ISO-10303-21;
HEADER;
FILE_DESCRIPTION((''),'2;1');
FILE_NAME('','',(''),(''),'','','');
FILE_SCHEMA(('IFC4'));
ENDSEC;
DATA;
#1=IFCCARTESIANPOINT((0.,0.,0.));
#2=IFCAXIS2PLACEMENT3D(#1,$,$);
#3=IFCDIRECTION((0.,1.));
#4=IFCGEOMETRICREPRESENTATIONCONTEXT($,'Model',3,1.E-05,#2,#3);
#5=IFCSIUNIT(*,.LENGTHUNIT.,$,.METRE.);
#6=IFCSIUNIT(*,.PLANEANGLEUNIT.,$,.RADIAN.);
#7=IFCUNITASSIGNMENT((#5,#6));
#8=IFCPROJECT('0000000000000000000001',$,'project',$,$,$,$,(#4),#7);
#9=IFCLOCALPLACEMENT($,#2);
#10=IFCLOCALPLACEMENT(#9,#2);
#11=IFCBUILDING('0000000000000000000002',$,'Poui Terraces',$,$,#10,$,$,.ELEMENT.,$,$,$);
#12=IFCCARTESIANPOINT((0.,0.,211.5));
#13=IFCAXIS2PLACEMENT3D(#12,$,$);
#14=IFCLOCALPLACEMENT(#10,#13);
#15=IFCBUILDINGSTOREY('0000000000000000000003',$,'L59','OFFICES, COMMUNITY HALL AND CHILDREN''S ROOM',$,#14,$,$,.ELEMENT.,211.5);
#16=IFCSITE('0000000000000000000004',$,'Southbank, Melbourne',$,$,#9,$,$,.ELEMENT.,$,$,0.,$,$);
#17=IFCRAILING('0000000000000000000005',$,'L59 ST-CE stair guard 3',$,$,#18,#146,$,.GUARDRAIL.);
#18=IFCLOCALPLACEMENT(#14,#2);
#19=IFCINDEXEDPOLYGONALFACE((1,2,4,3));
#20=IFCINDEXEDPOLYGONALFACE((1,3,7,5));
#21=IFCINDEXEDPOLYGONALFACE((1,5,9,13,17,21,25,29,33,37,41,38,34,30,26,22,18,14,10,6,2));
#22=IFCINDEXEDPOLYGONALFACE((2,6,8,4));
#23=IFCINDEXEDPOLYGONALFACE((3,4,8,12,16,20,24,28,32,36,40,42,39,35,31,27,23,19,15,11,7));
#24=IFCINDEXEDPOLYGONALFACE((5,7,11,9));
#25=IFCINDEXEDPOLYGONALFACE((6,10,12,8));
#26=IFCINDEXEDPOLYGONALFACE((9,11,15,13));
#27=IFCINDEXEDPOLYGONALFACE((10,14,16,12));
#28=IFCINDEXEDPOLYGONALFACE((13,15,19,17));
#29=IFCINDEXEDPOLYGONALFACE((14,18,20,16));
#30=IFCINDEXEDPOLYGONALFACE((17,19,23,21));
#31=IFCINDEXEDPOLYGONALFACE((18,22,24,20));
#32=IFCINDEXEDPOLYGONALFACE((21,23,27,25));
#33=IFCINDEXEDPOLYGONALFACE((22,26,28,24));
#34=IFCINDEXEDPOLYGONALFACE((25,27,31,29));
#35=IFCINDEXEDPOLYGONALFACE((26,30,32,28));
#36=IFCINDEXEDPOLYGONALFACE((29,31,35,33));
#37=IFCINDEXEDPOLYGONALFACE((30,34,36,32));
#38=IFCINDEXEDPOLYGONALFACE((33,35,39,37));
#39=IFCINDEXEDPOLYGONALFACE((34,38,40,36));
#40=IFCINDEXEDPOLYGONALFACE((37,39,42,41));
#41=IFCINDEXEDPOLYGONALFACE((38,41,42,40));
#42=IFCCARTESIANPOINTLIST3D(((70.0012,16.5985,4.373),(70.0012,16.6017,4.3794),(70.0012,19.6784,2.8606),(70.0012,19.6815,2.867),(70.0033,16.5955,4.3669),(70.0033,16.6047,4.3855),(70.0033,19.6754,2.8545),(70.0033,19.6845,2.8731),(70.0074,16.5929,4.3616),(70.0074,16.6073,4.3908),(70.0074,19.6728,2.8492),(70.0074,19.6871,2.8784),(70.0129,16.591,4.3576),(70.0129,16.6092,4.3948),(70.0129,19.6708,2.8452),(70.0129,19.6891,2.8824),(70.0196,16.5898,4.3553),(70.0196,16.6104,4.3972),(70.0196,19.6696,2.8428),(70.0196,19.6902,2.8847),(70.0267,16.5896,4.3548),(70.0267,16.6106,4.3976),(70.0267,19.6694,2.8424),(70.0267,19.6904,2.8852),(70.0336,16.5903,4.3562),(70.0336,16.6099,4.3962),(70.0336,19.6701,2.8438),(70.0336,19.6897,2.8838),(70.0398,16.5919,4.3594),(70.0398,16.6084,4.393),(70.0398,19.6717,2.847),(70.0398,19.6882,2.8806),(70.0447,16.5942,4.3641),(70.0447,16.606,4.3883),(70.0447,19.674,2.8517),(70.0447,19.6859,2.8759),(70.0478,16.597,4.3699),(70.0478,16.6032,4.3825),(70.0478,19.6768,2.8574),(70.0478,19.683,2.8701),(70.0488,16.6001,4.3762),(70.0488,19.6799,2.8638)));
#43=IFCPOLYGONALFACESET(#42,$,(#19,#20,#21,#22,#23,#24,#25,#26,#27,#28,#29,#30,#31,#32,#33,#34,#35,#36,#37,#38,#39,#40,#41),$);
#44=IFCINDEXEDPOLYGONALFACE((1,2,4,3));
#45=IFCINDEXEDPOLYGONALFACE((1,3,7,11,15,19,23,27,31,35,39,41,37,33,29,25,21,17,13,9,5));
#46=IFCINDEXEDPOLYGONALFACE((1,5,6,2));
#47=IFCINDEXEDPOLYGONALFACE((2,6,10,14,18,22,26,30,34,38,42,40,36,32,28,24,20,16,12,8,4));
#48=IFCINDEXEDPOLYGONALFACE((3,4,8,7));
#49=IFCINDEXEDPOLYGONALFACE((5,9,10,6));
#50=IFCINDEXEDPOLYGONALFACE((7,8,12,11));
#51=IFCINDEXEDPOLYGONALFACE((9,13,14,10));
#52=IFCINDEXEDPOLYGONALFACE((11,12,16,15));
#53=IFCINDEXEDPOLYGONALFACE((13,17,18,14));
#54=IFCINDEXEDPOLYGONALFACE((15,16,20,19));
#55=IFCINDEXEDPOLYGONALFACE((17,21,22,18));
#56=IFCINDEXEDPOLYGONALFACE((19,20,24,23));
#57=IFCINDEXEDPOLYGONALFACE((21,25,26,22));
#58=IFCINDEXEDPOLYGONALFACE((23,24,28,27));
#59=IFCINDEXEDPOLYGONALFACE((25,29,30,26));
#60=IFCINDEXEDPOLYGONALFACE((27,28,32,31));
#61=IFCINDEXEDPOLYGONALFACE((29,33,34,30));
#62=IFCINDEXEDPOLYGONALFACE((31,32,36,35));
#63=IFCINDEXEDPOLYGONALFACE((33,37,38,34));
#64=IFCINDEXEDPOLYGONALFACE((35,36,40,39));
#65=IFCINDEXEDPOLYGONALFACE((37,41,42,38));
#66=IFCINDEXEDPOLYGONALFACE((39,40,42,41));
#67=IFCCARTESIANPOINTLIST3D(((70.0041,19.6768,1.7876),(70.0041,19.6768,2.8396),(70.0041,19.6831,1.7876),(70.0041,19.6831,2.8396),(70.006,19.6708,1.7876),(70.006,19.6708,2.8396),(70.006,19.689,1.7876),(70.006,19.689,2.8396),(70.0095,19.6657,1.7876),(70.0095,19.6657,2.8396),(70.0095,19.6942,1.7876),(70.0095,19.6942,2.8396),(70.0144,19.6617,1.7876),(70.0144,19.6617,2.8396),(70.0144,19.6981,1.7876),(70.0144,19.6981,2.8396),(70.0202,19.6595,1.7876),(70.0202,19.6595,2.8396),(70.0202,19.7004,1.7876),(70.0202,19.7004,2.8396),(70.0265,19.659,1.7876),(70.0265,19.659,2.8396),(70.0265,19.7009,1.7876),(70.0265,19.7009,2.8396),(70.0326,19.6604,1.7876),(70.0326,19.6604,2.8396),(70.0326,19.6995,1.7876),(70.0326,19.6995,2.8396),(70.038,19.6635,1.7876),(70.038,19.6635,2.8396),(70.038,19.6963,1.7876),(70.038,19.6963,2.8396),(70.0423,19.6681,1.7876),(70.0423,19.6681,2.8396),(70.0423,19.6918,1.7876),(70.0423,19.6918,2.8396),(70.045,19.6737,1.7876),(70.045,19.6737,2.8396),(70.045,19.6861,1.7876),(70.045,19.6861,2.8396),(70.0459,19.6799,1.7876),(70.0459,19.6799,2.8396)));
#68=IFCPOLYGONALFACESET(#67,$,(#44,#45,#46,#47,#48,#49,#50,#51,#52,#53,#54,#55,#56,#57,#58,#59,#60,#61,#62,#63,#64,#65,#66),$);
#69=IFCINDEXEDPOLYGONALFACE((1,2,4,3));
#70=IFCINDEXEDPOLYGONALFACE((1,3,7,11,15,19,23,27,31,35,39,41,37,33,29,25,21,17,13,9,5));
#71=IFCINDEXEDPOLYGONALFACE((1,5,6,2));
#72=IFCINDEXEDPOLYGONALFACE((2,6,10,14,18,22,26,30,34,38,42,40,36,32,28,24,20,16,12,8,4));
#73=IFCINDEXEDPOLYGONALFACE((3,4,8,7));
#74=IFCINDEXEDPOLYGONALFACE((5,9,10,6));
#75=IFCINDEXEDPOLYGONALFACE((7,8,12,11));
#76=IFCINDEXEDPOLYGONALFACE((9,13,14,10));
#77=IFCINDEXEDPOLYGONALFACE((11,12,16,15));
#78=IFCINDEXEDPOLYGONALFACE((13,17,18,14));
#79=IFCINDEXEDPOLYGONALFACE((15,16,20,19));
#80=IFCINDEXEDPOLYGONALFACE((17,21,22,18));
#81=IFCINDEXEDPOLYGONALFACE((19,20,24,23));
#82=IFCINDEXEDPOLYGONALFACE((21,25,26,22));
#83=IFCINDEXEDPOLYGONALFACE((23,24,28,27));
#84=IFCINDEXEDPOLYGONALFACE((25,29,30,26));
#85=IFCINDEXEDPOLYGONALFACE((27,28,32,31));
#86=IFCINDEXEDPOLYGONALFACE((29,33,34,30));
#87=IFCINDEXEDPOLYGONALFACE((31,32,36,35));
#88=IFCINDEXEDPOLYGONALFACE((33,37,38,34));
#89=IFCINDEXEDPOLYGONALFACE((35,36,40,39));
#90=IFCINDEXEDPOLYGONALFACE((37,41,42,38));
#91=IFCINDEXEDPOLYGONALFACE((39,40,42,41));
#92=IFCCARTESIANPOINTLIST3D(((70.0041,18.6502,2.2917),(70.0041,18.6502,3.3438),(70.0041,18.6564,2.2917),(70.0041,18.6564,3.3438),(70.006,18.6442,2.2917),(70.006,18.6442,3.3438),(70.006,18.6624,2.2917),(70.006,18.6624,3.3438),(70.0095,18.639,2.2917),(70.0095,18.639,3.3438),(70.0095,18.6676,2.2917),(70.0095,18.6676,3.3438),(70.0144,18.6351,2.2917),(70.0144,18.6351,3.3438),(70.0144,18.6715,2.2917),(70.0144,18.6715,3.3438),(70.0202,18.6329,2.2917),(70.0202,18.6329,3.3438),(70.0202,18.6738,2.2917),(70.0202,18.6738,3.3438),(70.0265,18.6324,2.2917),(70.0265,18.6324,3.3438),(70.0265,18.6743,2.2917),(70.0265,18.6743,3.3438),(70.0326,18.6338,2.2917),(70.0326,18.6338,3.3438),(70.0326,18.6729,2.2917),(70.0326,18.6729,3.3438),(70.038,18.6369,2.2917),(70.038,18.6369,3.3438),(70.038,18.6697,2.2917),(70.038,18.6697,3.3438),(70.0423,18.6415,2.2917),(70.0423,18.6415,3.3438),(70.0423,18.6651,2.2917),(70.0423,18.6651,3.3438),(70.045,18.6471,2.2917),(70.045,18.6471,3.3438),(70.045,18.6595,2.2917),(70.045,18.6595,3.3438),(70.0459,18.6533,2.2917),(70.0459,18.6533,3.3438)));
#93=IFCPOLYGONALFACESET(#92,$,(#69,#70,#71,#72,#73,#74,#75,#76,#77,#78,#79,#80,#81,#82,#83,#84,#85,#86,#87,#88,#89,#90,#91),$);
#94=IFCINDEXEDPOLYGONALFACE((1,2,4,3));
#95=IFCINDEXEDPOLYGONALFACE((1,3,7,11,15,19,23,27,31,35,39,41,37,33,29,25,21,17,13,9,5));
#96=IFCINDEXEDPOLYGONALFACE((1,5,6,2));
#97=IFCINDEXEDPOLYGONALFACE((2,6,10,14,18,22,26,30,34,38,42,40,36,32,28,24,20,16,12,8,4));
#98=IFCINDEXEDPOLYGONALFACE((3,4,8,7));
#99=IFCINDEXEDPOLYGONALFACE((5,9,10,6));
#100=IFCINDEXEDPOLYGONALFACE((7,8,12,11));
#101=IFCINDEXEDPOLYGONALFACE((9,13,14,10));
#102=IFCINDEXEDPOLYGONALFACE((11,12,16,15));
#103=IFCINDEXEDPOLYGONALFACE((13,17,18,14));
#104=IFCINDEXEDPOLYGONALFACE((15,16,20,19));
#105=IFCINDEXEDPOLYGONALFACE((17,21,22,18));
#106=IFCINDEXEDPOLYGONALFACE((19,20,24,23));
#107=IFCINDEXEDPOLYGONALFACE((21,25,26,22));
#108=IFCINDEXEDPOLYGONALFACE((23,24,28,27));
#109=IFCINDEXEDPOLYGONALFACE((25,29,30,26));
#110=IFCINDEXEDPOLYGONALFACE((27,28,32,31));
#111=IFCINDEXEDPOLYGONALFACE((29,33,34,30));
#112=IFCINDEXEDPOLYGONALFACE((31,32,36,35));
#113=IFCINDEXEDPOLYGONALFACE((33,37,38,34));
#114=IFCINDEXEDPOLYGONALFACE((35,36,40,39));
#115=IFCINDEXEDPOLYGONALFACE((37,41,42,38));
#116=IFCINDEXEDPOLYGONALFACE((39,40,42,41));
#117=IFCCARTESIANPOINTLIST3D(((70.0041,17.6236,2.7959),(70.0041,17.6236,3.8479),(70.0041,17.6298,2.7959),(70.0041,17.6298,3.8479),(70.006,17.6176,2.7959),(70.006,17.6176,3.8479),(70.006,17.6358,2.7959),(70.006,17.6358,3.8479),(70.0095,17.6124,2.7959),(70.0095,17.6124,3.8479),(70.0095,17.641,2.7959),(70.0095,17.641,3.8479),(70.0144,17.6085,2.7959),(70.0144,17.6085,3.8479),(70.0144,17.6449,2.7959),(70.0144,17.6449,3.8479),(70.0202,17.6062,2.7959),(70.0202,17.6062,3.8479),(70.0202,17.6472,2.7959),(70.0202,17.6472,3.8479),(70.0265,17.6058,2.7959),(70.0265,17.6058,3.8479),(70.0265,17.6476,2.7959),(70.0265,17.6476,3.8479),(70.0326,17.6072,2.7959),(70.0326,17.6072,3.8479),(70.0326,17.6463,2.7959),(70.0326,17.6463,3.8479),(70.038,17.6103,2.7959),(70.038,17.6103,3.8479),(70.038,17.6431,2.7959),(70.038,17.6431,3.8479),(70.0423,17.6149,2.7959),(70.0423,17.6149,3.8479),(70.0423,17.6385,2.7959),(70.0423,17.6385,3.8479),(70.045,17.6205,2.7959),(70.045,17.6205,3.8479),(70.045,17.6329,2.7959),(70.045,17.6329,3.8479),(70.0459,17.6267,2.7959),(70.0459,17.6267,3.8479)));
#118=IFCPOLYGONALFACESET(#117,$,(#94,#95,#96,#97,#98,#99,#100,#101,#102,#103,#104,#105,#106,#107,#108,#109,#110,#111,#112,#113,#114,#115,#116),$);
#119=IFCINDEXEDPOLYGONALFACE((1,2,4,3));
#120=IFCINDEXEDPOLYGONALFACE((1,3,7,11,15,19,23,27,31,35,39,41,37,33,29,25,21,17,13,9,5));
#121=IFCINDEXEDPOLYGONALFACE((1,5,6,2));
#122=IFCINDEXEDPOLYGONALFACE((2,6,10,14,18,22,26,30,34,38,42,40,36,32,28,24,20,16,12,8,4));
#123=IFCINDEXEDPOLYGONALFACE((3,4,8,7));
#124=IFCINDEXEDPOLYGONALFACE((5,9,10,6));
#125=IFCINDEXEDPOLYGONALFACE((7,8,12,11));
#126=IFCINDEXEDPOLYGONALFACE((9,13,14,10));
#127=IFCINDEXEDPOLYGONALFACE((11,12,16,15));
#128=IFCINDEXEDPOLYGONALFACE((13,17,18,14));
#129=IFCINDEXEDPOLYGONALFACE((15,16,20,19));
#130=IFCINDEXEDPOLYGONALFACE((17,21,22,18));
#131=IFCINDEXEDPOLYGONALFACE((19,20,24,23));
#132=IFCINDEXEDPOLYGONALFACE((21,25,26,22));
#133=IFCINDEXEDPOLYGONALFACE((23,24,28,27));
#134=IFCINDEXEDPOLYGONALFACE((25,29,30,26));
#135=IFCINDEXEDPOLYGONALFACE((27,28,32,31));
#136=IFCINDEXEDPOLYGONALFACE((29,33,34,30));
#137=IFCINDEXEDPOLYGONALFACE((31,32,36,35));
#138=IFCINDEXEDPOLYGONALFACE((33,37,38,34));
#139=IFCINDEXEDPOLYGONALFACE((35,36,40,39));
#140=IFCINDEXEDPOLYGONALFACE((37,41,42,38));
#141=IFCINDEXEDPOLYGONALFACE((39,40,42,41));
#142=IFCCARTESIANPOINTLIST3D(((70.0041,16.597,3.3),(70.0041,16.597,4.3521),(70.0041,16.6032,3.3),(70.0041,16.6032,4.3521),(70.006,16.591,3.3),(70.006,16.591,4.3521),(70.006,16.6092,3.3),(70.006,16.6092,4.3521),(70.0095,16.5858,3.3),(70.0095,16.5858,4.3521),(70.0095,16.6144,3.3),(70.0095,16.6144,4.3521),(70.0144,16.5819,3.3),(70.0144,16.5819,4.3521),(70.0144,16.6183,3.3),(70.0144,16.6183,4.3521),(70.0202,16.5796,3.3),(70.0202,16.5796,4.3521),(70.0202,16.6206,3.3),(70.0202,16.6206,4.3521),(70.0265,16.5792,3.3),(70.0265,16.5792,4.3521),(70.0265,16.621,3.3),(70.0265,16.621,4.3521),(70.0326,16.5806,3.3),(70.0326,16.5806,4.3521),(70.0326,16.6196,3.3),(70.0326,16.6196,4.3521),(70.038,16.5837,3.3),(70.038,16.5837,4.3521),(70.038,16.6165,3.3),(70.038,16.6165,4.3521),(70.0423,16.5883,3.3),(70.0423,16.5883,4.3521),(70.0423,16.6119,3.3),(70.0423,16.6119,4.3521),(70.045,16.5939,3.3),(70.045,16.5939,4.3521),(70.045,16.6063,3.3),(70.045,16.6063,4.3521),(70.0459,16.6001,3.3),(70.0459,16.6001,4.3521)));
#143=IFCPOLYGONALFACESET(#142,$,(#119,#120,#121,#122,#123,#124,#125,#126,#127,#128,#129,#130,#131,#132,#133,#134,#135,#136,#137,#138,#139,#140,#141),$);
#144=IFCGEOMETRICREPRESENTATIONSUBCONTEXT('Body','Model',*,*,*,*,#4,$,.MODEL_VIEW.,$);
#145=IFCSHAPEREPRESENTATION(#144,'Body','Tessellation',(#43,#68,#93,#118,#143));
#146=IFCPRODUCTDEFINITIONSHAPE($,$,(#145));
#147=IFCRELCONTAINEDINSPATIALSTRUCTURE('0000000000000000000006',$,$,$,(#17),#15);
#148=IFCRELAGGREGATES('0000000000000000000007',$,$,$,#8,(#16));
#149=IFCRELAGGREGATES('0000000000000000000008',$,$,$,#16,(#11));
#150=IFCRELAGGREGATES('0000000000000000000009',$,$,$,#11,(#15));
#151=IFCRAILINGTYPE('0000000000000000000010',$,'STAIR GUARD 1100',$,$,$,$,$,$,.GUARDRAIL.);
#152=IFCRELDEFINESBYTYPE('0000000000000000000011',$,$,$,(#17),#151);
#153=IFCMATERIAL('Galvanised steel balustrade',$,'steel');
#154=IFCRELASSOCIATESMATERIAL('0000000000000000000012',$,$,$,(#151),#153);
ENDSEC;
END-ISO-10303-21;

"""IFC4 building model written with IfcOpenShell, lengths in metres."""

from ifc_helpers import new_model, si_unit, direction, frame, origin, origin_2d, place, context, subcontext, project, spatial, circle, extrude, material, type_object, element, save


model = new_model("IFC4")

# Units and contexts
model_context = context("Model", 3, precision=1e-05, world=origin(), true_north=direction((0.0, 1.0)))
body_context = subcontext(model_context, "Body", "Model", "MODEL_VIEW")
ifc_project = project(units=[si_unit("LENGTHUNIT", "METRE"), si_unit("PLANEANGLEUNIT", "RADIAN")], contexts=[model_context])

# Site, building, storey
site_placement = place(None, origin())
site = spatial("IfcSite", under=ifc_project, at=site_placement, Name="Southbank, Melbourne", CompositionType="ELEMENT", RefElevation=0.0)
building_placement = place(site_placement, origin())
building = spatial("IfcBuilding", under=site, at=building_placement, Name="Poui Terraces", CompositionType="ELEMENT")
storey_placement = place(building_placement, frame((0.0, 0.0, 211.5)))
storey = spatial("IfcBuildingStorey", under=building, at=storey_placement, Name="L59", Description="OFFICES, COMMUNITY HALL AND CHILDREN'S ROOM", CompositionType="ELEMENT", Elevation=211.5)

# Railing
ifc_material_1 = material(Name="Galvanised steel balustrade", Category="steel")
railing_type_1 = type_object("IfcRailingType", Name="STAIR GUARD 1100", PredefinedType="GUARDRAIL", material=ifc_material_1)
railing_1_placement = place(storey_placement, frame((70.0249, 19.6799, 1.7876)))
element("IfcRailing", 1, at=railing_1_placement, inside=storey, type_object=railing_type_1, Name="L59 ST-CE stair guard 3", PredefinedType="GUARDRAIL", context=body_context, shape_type="SweptSolid", body=[
    extrude(circle(Radius=0.0239, at=origin_2d()), frame((0.0, 0.0, 1.0762), z_axis=(0.0, -0.897606, 0.440798), x_axis=(1.0, 0.0, 0.0)), (0.0, 0.0, 1.0), 3.4312),
    extrude(circle(Radius=0.021, at=origin_2d()), origin(), (0.0, 0.0, 1.0), 1.052),
    extrude(circle(Radius=0.021, at=origin_2d()), frame((0.0, -1.0266, 0.5042)), (0.0, 0.0, 1.0), 1.052),
    extrude(circle(Radius=0.021, at=origin_2d()), frame((0.0, -2.0532, 1.0083)), (0.0, 0.0, 1.0), 1.052),
    extrude(circle(Radius=0.021, at=origin_2d()), frame((0.0, -3.0798, 1.5125)), (0.0, 0.0, 1.0), 1.052),
])

save(model, "model.ifc")
